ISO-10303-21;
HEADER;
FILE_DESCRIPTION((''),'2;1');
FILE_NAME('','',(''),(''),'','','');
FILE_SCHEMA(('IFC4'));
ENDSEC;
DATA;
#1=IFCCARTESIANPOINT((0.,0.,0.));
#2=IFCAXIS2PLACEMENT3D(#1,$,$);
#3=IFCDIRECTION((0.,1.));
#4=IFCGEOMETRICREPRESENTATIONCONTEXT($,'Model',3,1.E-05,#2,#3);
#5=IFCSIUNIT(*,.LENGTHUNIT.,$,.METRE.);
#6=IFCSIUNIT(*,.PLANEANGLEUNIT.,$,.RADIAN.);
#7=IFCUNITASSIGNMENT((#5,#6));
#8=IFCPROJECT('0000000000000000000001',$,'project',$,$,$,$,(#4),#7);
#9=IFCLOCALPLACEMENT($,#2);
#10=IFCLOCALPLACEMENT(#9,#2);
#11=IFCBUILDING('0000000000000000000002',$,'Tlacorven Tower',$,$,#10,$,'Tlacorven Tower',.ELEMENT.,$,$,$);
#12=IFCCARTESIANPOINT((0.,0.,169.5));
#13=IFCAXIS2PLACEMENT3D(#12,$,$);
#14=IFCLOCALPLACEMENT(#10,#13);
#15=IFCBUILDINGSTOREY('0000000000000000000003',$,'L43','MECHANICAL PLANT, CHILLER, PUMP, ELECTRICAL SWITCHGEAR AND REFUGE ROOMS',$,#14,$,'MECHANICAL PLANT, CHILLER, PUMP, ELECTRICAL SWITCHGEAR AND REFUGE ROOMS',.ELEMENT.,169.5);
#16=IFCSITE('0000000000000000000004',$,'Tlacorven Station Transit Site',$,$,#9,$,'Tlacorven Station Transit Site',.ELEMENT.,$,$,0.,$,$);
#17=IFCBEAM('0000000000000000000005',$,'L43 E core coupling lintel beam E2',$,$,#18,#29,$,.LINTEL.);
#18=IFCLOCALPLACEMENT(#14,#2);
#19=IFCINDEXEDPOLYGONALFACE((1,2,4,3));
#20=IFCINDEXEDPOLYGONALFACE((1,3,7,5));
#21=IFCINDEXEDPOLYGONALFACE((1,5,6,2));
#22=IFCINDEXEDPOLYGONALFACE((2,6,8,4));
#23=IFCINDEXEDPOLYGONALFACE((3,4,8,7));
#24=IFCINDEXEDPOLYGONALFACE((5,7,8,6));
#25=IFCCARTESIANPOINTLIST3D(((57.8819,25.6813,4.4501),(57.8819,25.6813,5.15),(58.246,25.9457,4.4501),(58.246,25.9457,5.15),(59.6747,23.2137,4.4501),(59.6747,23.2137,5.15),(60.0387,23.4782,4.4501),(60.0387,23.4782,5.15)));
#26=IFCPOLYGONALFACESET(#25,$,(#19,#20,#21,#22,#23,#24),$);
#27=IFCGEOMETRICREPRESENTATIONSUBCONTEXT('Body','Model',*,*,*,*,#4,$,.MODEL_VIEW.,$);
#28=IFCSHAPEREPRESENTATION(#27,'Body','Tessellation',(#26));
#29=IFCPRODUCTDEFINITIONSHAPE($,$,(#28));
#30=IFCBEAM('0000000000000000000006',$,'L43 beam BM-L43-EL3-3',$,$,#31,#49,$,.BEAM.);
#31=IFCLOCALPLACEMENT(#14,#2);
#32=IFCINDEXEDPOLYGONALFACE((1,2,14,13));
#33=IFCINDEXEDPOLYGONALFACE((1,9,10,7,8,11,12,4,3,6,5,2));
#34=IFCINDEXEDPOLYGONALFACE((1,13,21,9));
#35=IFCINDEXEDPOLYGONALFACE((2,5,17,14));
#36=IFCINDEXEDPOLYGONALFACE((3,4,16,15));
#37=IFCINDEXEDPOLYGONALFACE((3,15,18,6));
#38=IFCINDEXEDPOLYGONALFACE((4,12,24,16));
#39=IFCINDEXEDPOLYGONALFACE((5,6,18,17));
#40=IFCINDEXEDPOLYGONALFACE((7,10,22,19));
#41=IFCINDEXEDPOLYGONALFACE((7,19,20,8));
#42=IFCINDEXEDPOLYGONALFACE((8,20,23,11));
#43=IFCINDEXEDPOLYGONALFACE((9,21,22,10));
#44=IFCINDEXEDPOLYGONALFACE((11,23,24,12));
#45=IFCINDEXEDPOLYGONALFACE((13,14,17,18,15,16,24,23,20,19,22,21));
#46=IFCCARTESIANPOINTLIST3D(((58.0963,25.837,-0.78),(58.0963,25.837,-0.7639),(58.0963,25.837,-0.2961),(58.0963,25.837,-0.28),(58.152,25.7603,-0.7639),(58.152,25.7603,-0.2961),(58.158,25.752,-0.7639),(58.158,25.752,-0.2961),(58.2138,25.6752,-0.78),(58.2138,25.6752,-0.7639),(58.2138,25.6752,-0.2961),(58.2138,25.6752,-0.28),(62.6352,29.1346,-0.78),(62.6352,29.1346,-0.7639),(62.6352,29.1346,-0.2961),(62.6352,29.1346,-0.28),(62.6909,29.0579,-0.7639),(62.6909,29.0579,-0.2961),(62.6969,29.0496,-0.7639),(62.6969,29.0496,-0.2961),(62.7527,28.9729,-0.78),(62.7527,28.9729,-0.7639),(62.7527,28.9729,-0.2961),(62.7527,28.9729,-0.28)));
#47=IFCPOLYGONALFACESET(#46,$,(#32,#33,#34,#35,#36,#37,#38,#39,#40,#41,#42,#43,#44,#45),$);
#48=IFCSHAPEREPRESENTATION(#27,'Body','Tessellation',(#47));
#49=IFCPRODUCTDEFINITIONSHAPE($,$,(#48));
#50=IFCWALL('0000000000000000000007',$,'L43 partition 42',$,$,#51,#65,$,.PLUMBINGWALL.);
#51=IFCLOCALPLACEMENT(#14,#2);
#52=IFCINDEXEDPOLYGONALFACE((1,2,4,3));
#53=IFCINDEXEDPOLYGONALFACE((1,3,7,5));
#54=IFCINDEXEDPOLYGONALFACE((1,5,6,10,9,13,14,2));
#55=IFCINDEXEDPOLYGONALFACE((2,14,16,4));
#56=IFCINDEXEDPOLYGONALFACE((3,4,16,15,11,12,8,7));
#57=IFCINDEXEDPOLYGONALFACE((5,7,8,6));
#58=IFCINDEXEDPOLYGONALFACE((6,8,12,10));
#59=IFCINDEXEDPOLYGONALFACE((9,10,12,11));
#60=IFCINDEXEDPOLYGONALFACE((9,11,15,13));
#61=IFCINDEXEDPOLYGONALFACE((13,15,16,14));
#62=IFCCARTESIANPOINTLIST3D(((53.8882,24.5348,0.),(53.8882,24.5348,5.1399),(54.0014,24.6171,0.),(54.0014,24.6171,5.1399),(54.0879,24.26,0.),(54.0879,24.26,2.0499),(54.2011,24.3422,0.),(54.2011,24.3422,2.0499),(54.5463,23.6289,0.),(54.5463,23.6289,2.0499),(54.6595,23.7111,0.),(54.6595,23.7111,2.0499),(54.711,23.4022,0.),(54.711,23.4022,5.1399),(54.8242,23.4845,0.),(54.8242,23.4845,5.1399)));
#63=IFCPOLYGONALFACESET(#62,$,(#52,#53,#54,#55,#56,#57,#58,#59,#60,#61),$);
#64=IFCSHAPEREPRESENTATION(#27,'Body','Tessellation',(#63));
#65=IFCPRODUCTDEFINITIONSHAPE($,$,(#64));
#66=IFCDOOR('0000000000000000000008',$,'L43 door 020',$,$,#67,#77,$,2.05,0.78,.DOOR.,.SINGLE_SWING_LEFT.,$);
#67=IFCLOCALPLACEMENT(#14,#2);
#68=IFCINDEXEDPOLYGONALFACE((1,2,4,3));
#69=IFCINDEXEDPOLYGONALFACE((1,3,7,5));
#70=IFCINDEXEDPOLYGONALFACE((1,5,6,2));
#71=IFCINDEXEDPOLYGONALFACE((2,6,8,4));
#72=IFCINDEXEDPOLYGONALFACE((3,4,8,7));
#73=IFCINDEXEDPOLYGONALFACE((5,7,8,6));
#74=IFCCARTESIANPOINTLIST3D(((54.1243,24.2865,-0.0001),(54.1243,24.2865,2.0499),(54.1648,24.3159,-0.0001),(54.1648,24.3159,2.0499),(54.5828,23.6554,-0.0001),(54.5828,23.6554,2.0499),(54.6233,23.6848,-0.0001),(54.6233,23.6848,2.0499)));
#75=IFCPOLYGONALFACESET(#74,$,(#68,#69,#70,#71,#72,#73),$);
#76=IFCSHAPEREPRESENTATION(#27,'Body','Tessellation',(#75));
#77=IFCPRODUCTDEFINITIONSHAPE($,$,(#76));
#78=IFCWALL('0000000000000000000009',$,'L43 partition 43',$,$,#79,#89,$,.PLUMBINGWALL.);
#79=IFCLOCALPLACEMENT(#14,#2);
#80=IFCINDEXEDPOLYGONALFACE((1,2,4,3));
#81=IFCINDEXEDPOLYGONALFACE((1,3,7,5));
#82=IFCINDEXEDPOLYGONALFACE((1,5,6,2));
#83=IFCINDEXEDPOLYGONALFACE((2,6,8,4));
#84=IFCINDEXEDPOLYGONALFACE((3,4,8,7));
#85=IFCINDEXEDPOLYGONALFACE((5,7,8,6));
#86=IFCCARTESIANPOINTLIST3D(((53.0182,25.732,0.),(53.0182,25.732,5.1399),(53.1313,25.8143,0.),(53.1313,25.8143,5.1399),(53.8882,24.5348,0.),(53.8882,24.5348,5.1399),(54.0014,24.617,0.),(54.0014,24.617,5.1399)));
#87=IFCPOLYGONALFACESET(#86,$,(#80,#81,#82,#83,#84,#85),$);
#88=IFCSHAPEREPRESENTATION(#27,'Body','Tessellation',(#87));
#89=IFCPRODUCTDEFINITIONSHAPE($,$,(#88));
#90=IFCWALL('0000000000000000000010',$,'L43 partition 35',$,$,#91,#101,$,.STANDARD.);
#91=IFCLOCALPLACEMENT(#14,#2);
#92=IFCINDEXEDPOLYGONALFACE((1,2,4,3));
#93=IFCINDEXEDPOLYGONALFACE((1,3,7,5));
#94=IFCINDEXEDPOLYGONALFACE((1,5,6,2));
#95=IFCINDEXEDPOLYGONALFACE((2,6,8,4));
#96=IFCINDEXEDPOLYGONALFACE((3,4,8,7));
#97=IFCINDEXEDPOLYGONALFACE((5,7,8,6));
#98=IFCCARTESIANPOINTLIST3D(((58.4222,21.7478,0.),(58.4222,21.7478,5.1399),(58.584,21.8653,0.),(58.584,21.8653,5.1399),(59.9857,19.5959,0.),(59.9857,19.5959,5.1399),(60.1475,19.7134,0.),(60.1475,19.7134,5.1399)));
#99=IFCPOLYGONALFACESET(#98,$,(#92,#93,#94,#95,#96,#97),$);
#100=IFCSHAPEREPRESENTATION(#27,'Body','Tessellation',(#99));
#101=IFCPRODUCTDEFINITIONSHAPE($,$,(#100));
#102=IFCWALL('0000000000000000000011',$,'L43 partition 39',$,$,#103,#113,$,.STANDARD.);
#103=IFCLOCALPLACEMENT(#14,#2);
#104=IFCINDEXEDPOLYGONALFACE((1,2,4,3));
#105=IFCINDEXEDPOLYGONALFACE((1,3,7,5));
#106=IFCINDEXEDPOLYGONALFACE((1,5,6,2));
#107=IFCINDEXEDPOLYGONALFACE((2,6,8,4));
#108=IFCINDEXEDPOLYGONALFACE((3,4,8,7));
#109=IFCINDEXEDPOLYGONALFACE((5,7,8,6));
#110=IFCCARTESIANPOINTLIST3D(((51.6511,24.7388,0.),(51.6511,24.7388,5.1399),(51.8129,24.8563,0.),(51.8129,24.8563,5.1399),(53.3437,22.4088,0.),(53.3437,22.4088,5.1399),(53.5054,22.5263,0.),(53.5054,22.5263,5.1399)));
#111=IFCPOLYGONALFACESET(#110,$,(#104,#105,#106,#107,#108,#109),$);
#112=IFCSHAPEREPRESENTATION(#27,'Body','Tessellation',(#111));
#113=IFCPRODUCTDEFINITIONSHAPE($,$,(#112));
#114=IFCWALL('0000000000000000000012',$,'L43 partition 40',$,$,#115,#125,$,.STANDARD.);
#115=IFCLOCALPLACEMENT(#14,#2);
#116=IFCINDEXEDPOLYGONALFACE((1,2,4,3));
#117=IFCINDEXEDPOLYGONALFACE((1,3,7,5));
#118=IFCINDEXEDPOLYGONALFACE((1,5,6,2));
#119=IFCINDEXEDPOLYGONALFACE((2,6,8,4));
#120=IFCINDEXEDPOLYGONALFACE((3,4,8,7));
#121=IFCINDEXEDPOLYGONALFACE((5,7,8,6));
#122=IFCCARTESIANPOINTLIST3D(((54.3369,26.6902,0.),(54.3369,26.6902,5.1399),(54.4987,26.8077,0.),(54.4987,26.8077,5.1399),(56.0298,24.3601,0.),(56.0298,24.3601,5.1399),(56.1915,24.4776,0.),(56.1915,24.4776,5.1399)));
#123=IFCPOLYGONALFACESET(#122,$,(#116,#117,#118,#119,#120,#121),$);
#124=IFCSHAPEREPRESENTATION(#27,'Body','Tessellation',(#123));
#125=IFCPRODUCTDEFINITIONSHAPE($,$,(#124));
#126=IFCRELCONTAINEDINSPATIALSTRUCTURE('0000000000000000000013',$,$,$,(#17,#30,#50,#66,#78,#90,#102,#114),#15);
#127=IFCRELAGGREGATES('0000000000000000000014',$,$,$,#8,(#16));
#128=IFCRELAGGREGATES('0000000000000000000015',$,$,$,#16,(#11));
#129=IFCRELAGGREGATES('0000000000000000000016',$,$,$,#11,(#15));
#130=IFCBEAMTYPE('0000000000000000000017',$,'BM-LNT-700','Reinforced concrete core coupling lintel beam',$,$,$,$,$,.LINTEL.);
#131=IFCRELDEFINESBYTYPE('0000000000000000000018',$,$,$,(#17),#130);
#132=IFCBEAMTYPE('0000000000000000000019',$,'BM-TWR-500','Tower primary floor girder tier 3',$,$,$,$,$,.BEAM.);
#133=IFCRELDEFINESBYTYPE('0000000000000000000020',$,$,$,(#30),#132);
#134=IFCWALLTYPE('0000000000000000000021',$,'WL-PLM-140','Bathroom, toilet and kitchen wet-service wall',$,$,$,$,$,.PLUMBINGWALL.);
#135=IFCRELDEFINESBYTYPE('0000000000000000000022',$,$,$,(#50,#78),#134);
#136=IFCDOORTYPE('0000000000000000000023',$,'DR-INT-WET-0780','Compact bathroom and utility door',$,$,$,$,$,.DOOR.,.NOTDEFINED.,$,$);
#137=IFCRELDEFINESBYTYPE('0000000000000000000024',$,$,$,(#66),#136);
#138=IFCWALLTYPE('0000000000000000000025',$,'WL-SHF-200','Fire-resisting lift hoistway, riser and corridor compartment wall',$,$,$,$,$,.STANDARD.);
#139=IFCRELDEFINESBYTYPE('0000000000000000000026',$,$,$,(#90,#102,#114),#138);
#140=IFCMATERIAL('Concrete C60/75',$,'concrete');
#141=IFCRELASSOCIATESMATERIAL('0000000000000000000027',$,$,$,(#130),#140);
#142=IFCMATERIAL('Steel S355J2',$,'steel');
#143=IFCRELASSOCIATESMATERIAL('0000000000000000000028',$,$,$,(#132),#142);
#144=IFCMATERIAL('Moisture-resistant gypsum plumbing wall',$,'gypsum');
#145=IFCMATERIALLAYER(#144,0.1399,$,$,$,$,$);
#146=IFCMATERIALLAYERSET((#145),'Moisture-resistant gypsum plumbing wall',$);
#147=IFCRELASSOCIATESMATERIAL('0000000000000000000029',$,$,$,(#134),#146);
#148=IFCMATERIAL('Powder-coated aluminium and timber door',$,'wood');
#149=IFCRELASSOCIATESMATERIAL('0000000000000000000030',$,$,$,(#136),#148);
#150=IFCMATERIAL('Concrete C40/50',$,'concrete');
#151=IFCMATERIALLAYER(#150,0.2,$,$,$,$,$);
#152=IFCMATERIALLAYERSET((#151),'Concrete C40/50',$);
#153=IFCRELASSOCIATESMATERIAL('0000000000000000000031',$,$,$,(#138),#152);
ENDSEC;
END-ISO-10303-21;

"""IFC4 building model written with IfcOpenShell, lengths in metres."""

from ifc_helpers import new_model, si_unit, direction, frame, frame_2d, origin, origin_2d, place, context, subcontext, project, spatial, rectangle, i_section, extrude, source, transform, mapped, material, layer, layer_set, material_profile, profile_set, type_object, element, fill, save


model = new_model("IFC4")

# Units and contexts
model_context = context("Model", 3, precision=1e-05, world=origin(), true_north=direction((0.0, 1.0)))
body_context = subcontext(model_context, "Body", "Model", "MODEL_VIEW")
ifc_project = project(units=[si_unit("LENGTHUNIT", "METRE"), si_unit("PLANEANGLEUNIT", "RADIAN")], contexts=[model_context])

# Site, building, storey
site_placement = place(None, origin())
site = spatial("IfcSite", under=ifc_project, at=site_placement, Name="Tlacorven Station Transit Site", LongName="Tlacorven Station Transit Site", CompositionType="ELEMENT", RefElevation=0.0)
building_placement = place(site_placement, origin())
building = spatial("IfcBuilding", under=site, at=building_placement, Name="Tlacorven Tower", LongName="Tlacorven Tower", CompositionType="ELEMENT")
storey_placement = place(building_placement, frame((0.0, 0.0, 169.5)))
storey = spatial("IfcBuildingStorey", under=building, at=storey_placement, Name="L43", Description="MECHANICAL PLANT, CHILLER, PUMP, ELECTRICAL SWITCHGEAR AND REFUGE ROOMS", LongName="MECHANICAL PLANT, CHILLER, PUMP, ELECTRICAL SWITCHGEAR AND REFUGE ROOMS", CompositionType="ELEMENT", Elevation=169.5)

# Beams
ifc_material_1 = material(Name="Concrete C60/75", Category="concrete")
ifc_material_profile_1 = material_profile(ifc_material_1, rectangle(XDim=0.45, YDim=0.7, at=origin_2d()), Name="RC 450X700")
ifc_profile_set_1 = profile_set([ifc_material_profile_1], Name="Concrete C60/75")
beam_type_1 = type_object("IfcBeamType", Name="BM-LNT-700", Description="Reinforced concrete core coupling lintel beam", PredefinedType="LINTEL", material=ifc_profile_set_1)
shared_shape_1 = source(origin(), body_context, "Body", "SweptSolid", [
    extrude(rectangle(XDim=0.45, YDim=0.7, at=origin_2d()), origin(), (0.0, 0.0, 1.0), 3.05),
])
beam_1_placement = place(storey_placement, frame((59.8567, 23.3459, 4.8), z_axis=(-0.587777, 0.809023, 0.0), x_axis=(-0.809023, -0.587777, 0.0)))
element("IfcBeam", 1, at=beam_1_placement, inside=storey, type_object=beam_type_1, Name="L43 E core coupling lintel beam E2", PredefinedType="LINTEL", context=body_context, shape_type="MappedRepresentation", body=[
    mapped(shared_shape_1, transform((0.0, 0.0, 0.0), scale=1.0)),
])
ifc_material_2 = material(Name="Steel S355J2", Category="steel")
ifc_material_profile_2 = material_profile(ifc_material_2, i_section(OverallWidth=0.2, OverallDepth=0.5, WebThickness=0.0103, FlangeThickness=0.0161, at=origin_2d()), Name="IPE 500")
ifc_profile_set_2 = profile_set([ifc_material_profile_2], Name="Steel S355J2")
beam_type_2 = type_object("IfcBeamType", Name="BM-TWR-500", Description="Tower primary floor girder tier 3", PredefinedType="BEAM", material=ifc_profile_set_2)
shared_shape_2 = source(origin(), body_context, "Body", "SweptSolid", [
    extrude(i_section(OverallWidth=0.2, OverallDepth=0.5, WebThickness=0.0103, FlangeThickness=0.0161, at=origin_2d()), origin(), (0.0, 0.0, 1.0), 5.6104),
])
beam_2_placement = place(storey_placement, frame((58.155, 25.7561, -0.53), z_axis=(0.80902, 0.587781, 0.0), x_axis=(-0.587781, 0.80902, 0.0)))
element("IfcBeam", 2, at=beam_2_placement, inside=storey, type_object=beam_type_2, Name="L43 beam BM-L43-EL3-3", PredefinedType="BEAM", context=body_context, shape_type="MappedRepresentation", body=[
    mapped(shared_shape_2, transform((0.0, 0.0, 0.0), scale=1.0)),
])

# Wall, opening, door
ifc_material_3 = material(Name="Moisture-resistant gypsum plumbing wall", Category="gypsum")
ifc_layer_1 = layer(ifc_material_3, 0.1399)
ifc_layer_set_1 = layer_set([ifc_layer_1], Name="Moisture-resistant gypsum plumbing wall")
wall_type_1 = type_object("IfcWallType", Name="WL-PLM-140", Description="Bathroom, toilet and kitchen wet-service wall", PredefinedType="PLUMBINGWALL", material=ifc_layer_set_1)
wall_1_placement = place(storey_placement, frame((54.7676, 23.4434, 0.0), z_axis=(0.0, 0.0, 1.0), x_axis=(-0.587736, 0.809053, 0.0)))
wall_1 = element("IfcWall", 3, at=wall_1_placement, inside=storey, type_object=wall_type_1, Name="L43 partition 42", PredefinedType="PLUMBINGWALL", context=body_context, shape_type="SweptSolid", body=[
    extrude(rectangle(XDim=1.3999, YDim=0.1399, at=frame_2d((0.7, 0.0))), origin(), (0.0, 0.0, 1.0), 5.1399),
])
opening_1_placement = place(wall_1_placement, frame((0.28, 0.0, 0.0)))
opening_1 = element("IfcOpeningElement", 4, at=opening_1_placement, cuts=wall_1, PredefinedType="OPENING", context=body_context, shape_type="SweptSolid", body=[
    extrude(rectangle(XDim=0.78, YDim=2.05, at=frame_2d((0.3901, 1.0249))), frame((0.0, 0.0801, 0.0), z_axis=(0.0, -1.0, 0.0), x_axis=(1.0, 0.0, 0.0)), (0.0, 0.0, 1.0), 0.1599),
])
ifc_material_4 = material(Name="Powder-coated aluminium and timber door", Category="wood")
door_type_1 = type_object("IfcDoorType", Name="DR-INT-WET-0780", Description="Compact bathroom and utility door", OperationType="NOTDEFINED", PredefinedType="DOOR", material=ifc_material_4)
shared_shape_3 = source(origin(), body_context, "Body", "SweptSolid", [
    extrude(rectangle(XDim=0.78, YDim=2.05, at=frame_2d((0.3901, 1.0249))), frame((0.0, 0.0249, 0.0), z_axis=(0.0, -1.0, 0.0), x_axis=(1.0, 0.0, 0.0)), (0.0, 0.0, 1.0), 0.05),
])
door_1_placement = place(opening_1_placement, origin())
door_1 = element("IfcDoor", 5, at=door_1_placement, inside=storey, type_object=door_type_1, Name="L43 door 020", OperationType="SINGLE_SWING_LEFT", OverallHeight=2.05, OverallWidth=0.78, PredefinedType="DOOR", context=body_context, shape_type="MappedRepresentation", body=[
    mapped(shared_shape_3, transform((0.0, 0.0, 0.0), scale=1.0)),
])
fill(opening_1, door_1)

# Wall
wall_2_placement = place(storey_placement, frame((53.9448, 24.5759, 0.0), z_axis=(0.0, 0.0, 1.0), x_axis=(-0.587897, 0.808936, 0.0)))
element("IfcWall", 6, at=wall_2_placement, inside=storey, type_object=wall_type_1, Name="L43 partition 43", PredefinedType="PLUMBINGWALL", context=body_context, shape_type="SweptSolid", body=[
    extrude(rectangle(XDim=1.48, YDim=0.1399, at=frame_2d((0.74, 0.0))), origin(), (0.0, 0.0, 1.0), 5.1399),
])

# Shared definitions
ifc_material_5 = material(Name="Concrete C40/50", Category="concrete")
ifc_layer_2 = layer(ifc_material_5, 0.2)
ifc_layer_set_2 = layer_set([ifc_layer_2], Name="Concrete C40/50")
wall_type_2 = type_object("IfcWallType", Name="WL-SHF-200", Description="Fire-resisting lift hoistway, riser and corridor compartment wall", PredefinedType="STANDARD", material=ifc_layer_set_2)

# Walls
wall_3_placement = place(storey_placement, frame((60.0667, 19.6545, 0.0), z_axis=(0.0, 0.0, 1.0), x_axis=(-0.587801, 0.809006, 0.0)))
element("IfcWall", 7, at=wall_3_placement, inside=storey, type_object=wall_type_2, Name="L43 partition 35", PredefinedType="STANDARD", context=body_context, shape_type="SweptSolid", body=[
    extrude(rectangle(XDim=2.6599, YDim=0.2, at=frame_2d((1.3301, 0.0))), origin(), (0.0, 0.0, 1.0), 5.1399),
])
wall_4_placement = place(storey_placement, frame((53.4246, 22.4675, 0.0), z_axis=(0.0, 0.0, 1.0), x_axis=(-0.587723, 0.809062, 0.0)))
element("IfcWall", 8, at=wall_4_placement, inside=storey, type_object=wall_type_2, Name="L43 partition 39", PredefinedType="STANDARD", context=body_context, shape_type="SweptSolid", body=[
    extrude(rectangle(XDim=2.8799, YDim=0.2, at=frame_2d((1.4399, 0.0))), origin(), (0.0, 0.0, 1.0), 5.1399),
])
wall_5_placement = place(storey_placement, frame((56.1106, 24.4189, 0.0), z_axis=(0.0, 0.0, 1.0), x_axis=(-0.587778, 0.809022, 0.0)))
element("IfcWall", 9, at=wall_5_placement, inside=storey, type_object=wall_type_2, Name="L43 partition 40", PredefinedType="STANDARD", context=body_context, shape_type="SweptSolid", body=[
    extrude(rectangle(XDim=2.8801, YDim=0.2, at=frame_2d((1.4399, 0.0))), origin(), (0.0, 0.0, 1.0), 5.1399),
])

save(model, "model.ifc")
